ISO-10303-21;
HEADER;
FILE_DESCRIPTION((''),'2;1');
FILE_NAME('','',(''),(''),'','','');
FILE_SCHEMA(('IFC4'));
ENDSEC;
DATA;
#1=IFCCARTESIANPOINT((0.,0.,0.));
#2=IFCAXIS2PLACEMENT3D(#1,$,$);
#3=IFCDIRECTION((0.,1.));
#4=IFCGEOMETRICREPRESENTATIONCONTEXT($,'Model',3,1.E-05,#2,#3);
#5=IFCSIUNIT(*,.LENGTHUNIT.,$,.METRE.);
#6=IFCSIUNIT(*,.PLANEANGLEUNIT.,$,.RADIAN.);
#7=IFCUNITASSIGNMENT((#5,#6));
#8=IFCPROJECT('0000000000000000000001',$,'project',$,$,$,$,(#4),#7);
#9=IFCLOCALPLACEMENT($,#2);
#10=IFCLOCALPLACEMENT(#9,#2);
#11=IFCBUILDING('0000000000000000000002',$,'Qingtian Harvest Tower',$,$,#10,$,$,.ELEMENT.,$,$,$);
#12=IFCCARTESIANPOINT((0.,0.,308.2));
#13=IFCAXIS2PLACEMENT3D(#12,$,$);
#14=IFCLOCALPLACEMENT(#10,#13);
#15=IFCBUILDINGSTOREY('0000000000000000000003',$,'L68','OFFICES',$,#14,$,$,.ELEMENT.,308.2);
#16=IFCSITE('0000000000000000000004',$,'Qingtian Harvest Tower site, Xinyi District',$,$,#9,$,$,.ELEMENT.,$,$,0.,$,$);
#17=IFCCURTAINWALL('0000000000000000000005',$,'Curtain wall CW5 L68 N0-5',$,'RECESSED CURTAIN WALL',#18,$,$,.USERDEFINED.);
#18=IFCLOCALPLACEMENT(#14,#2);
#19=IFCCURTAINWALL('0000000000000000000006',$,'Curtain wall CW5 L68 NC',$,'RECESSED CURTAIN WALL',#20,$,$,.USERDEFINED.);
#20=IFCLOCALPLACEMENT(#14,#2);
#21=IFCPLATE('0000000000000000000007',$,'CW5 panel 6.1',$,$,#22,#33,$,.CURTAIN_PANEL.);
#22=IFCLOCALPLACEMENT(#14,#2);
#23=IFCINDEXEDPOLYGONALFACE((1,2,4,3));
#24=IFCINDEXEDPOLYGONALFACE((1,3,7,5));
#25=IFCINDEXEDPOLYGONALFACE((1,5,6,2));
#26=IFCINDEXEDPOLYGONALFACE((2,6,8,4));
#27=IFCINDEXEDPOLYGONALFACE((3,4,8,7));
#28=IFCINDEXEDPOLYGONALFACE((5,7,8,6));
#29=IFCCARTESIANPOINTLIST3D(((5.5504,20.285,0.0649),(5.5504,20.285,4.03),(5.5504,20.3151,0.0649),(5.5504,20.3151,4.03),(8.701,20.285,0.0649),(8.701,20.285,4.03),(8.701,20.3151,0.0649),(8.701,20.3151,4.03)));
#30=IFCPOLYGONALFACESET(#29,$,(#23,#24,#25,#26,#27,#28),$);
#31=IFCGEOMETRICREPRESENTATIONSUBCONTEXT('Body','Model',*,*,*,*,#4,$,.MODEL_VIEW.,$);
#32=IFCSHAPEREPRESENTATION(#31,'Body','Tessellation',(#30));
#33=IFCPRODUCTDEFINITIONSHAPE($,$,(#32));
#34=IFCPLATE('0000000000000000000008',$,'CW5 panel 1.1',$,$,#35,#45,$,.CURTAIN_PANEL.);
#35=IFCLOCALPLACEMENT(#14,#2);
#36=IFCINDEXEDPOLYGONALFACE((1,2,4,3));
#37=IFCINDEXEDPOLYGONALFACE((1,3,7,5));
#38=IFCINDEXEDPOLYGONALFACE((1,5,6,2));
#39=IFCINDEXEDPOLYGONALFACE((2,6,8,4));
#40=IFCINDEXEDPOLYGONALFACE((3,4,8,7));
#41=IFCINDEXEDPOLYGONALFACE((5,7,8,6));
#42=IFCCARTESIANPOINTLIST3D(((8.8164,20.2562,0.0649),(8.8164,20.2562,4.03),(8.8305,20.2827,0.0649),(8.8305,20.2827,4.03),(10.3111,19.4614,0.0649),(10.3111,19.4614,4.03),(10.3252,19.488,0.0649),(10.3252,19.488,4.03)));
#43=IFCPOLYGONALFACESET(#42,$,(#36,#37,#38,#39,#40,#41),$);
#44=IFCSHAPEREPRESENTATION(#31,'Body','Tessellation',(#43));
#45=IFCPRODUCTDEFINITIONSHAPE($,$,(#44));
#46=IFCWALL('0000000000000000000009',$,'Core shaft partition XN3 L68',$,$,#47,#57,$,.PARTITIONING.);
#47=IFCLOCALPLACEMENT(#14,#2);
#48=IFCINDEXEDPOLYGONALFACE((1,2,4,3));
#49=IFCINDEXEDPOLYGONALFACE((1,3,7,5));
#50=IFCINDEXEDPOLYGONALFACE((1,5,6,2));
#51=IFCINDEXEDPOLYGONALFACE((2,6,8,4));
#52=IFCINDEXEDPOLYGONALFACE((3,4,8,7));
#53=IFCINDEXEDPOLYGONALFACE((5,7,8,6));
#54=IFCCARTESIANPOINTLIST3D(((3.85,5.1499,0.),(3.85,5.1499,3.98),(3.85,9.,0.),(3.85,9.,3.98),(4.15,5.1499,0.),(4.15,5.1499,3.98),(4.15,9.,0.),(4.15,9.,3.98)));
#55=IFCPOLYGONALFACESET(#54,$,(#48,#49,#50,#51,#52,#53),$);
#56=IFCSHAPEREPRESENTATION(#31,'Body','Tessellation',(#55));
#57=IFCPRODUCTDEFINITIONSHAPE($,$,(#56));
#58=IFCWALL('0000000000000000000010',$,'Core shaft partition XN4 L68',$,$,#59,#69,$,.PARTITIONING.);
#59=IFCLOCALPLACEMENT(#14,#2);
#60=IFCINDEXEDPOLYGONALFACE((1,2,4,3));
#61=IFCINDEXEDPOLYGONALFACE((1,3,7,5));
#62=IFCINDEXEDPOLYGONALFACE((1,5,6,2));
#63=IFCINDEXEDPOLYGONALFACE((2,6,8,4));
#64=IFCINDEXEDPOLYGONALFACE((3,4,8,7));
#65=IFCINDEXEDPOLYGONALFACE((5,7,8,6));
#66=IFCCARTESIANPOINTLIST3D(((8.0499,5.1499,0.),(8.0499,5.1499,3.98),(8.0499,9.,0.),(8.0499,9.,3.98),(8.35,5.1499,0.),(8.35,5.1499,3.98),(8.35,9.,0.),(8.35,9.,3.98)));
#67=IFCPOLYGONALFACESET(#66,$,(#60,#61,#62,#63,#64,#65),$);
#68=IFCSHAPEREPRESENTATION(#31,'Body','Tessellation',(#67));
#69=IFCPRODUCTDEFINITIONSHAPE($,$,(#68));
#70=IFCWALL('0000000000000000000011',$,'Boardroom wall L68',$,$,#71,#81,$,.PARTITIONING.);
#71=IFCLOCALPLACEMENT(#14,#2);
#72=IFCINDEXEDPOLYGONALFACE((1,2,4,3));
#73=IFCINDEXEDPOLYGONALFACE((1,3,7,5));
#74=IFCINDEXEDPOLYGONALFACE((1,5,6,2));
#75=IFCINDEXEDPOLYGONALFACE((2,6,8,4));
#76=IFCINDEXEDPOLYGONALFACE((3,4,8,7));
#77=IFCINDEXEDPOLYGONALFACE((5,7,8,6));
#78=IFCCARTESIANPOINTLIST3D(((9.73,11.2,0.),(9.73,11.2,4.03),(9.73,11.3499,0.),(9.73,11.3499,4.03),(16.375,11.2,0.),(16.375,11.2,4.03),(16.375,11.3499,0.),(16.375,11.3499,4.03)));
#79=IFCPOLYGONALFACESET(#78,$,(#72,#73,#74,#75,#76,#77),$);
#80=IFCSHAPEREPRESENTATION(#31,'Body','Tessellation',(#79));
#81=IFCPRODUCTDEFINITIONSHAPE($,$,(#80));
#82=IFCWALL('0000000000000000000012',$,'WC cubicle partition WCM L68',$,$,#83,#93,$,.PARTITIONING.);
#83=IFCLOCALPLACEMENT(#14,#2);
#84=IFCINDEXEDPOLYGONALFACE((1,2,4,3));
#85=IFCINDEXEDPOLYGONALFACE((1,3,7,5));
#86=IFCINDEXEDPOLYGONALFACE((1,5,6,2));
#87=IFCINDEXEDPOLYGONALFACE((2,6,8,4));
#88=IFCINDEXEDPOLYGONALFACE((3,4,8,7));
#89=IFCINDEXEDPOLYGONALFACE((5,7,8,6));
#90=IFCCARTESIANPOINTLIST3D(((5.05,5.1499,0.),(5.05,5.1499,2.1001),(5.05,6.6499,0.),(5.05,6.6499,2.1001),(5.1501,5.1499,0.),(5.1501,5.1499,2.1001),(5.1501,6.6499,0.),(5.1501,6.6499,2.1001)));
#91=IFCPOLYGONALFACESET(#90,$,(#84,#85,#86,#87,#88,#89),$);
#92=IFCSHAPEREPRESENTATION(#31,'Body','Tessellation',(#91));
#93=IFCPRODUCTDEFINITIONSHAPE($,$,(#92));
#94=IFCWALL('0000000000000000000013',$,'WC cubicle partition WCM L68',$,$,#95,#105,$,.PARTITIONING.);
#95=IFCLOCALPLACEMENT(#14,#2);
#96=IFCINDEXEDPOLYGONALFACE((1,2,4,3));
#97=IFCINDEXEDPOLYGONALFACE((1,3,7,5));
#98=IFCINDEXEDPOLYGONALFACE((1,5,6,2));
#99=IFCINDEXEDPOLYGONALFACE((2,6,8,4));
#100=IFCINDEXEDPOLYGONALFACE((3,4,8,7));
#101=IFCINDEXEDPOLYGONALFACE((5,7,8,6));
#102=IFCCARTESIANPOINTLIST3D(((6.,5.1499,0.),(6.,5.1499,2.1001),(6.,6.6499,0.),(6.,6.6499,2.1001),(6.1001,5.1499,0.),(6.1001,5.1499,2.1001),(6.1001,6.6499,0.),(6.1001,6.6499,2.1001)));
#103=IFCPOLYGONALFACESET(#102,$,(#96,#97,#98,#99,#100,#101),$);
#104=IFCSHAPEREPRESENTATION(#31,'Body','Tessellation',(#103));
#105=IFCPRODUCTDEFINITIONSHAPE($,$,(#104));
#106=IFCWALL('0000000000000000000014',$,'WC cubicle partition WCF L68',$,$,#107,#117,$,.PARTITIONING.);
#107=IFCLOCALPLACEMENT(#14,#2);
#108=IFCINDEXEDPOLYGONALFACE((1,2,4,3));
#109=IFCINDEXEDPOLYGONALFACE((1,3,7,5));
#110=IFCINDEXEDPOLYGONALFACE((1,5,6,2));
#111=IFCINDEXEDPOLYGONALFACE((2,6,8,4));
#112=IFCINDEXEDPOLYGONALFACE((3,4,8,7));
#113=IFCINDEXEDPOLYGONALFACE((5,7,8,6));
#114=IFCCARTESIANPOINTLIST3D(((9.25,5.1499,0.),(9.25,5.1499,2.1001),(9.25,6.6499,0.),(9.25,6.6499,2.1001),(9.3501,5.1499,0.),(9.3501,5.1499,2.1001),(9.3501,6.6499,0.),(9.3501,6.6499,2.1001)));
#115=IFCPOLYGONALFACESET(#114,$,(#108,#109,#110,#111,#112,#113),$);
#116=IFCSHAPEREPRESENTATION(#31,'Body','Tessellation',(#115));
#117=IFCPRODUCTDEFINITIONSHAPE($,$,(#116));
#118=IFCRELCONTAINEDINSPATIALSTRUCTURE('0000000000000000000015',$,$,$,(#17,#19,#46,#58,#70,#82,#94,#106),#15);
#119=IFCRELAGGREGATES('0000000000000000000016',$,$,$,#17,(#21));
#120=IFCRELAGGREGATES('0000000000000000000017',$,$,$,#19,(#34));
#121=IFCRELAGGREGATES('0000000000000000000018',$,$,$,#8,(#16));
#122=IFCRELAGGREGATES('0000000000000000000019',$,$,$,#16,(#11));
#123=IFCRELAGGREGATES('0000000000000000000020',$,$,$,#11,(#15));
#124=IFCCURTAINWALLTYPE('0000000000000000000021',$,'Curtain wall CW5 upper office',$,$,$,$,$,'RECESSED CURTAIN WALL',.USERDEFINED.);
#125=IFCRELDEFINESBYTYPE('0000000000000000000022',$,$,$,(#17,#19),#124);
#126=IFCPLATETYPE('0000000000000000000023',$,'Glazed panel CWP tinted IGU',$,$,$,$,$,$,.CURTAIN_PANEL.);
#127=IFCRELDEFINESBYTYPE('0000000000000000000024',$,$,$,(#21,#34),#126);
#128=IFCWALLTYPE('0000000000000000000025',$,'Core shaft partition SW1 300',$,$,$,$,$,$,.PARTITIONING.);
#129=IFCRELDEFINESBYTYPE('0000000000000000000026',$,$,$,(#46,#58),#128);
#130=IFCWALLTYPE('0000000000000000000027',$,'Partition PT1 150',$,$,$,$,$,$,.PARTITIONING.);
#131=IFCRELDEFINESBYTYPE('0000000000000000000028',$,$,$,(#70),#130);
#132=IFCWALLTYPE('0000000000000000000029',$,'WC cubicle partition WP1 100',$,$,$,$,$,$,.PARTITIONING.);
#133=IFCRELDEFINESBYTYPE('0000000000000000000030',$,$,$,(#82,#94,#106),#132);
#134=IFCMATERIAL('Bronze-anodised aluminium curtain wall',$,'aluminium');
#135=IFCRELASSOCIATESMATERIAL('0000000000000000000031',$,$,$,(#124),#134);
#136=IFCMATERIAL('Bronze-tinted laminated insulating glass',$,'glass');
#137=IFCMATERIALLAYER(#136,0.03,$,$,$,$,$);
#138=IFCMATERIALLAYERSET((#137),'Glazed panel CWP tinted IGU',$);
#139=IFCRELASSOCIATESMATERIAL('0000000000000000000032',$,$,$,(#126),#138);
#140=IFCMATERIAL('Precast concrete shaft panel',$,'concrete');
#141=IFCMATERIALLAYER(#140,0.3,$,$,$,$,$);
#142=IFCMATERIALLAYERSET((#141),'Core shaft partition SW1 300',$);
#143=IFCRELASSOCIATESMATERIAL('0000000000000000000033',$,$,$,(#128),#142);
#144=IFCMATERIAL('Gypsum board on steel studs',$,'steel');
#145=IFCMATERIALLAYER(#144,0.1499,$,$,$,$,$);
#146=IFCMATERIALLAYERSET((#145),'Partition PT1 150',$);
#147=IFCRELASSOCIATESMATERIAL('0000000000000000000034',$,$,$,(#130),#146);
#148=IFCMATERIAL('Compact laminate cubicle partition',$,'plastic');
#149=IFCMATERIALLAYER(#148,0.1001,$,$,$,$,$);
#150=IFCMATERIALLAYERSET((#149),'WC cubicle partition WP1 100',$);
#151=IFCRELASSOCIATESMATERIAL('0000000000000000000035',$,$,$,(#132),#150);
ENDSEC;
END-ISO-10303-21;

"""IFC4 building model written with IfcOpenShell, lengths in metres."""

from ifc_helpers import new_model, si_unit, direction, frame, frame_2d, origin, origin_2d, place, context, subcontext, project, spatial, rectangle, extrude, material, layer, layer_set, type_object, element, aggregate, save


model = new_model("IFC4")

# Units and contexts
model_context = context("Model", 3, precision=1e-05, world=origin(), true_north=direction((0.0, 1.0)))
body_context = subcontext(model_context, "Body", "Model", "MODEL_VIEW")
ifc_project = project(units=[si_unit("LENGTHUNIT", "METRE"), si_unit("PLANEANGLEUNIT", "RADIAN")], contexts=[model_context])

# Site, building, storey
site_placement = place(None, origin())
site = spatial("IfcSite", under=ifc_project, at=site_placement, Name="Qingtian Harvest Tower site, Xinyi District", CompositionType="ELEMENT", RefElevation=0.0)
building_placement = place(site_placement, origin())
building = spatial("IfcBuilding", under=site, at=building_placement, Name="Qingtian Harvest Tower", CompositionType="ELEMENT")
storey_placement = place(building_placement, frame((0.0, 0.0, 308.2)))
storey = spatial("IfcBuildingStorey", under=building, at=storey_placement, Name="L68", Description="OFFICES", CompositionType="ELEMENT", Elevation=308.2)

# Curtain wall
ifc_material_1 = material(Name="Bronze-anodised aluminium curtain wall", Category="aluminium")
curtain_wall_type = type_object("IfcCurtainWallType", Name="Curtain wall CW5 upper office", ElementType="RECESSED CURTAIN WALL", PredefinedType="USERDEFINED", material=ifc_material_1)
curtain_wall_1_placement = place(storey_placement, origin())
curtain_wall_1 = element("IfcCurtainWall", 1, at=curtain_wall_1_placement, inside=storey, type_object=curtain_wall_type, Name="Curtain wall CW5 L68 N0-5", ObjectType="RECESSED CURTAIN WALL", PredefinedType="USERDEFINED")

# Curtain wall
curtain_wall_2_placement = place(storey_placement, origin())
curtain_wall_2 = element("IfcCurtainWall", 2, at=curtain_wall_2_placement, inside=storey, type_object=curtain_wall_type, Name="Curtain wall CW5 L68 NC", ObjectType="RECESSED CURTAIN WALL", PredefinedType="USERDEFINED")

# Plates
ifc_material_2 = material(Name="Bronze-tinted laminated insulating glass", Category="glass")
ifc_layer_1 = layer(ifc_material_2, 0.03)
ifc_layer_set_1 = layer_set([ifc_layer_1], Name="Glazed panel CWP tinted IGU")
plate_type = type_object("IfcPlateType", Name="Glazed panel CWP tinted IGU", PredefinedType="CURTAIN_PANEL", material=ifc_layer_set_1)
plate_1_placement = place(storey_placement, frame((7.1257, 20.3, 0.0649), z_axis=(0.0, 0.0, 1.0), x_axis=(1.0, 0.0, 0.0)))
plate_1 = element("IfcPlate", 3, at=plate_1_placement, type_object=plate_type, Name="CW5 panel 6.1", PredefinedType="CURTAIN_PANEL", context=body_context, shape_type="SweptSolid", body=[
    extrude(rectangle(XDim=3.1506, YDim=0.03, at=origin_2d()), origin(), (0.0, 0.0, 1.0), 3.9651),
])
aggregate(curtain_wall_1, [plate_1])
plate_2_placement = place(storey_placement, frame((9.5708, 19.8721, 0.0649), z_axis=(0.0, 0.0, 1.0), x_axis=(0.882948, -0.469472, 0.0)))
plate_2 = element("IfcPlate", 4, at=plate_2_placement, type_object=plate_type, Name="CW5 panel 1.1", PredefinedType="CURTAIN_PANEL", context=body_context, shape_type="SweptSolid", body=[
    extrude(rectangle(XDim=1.6929, YDim=0.03, at=origin_2d()), origin(), (0.0, 0.0, 1.0), 3.9651),
])
aggregate(curtain_wall_2, [plate_2])

# Shared definitions
ifc_material_3 = material(Name="Precast concrete shaft panel", Category="concrete")
ifc_layer_2 = layer(ifc_material_3, 0.3)
ifc_layer_set_2 = layer_set([ifc_layer_2], Name="Core shaft partition SW1 300")
wall_type_1 = type_object("IfcWallType", Name="Core shaft partition SW1 300", PredefinedType="PARTITIONING", material=ifc_layer_set_2)

# Walls
for number, where, z_axis, x_axis, name in (
    (5, (4.0, 5.1499, 0.0), (0.0, 0.0, 1.0), (0.0, 1.0, 0.0), "Core shaft partition XN3 L68"),
    (6, (8.2, 5.1499, 0.0), (0.0, 0.0, 1.0), (0.0, 1.0, 0.0), "Core shaft partition XN4 L68"),
):
    element("IfcWall", number, at=place(storey_placement, frame(where, z_axis=z_axis, x_axis=x_axis)), inside=storey, type_object=wall_type_1, Name=name, PredefinedType="PARTITIONING", context=body_context, shape_type="SweptSolid", body=[
        extrude(rectangle(XDim=3.8501, YDim=0.3, at=frame_2d((1.925, 0.0))), origin(), (0.0, 0.0, 1.0), 3.98),
    ])
ifc_material_4 = material(Name="Gypsum board on steel studs", Category="steel")
ifc_layer_3 = layer(ifc_material_4, 0.1499)
ifc_layer_set_3 = layer_set([ifc_layer_3], Name="Partition PT1 150")
wall_type_2 = type_object("IfcWallType", Name="Partition PT1 150", PredefinedType="PARTITIONING", material=ifc_layer_set_3)
wall_1_placement = place(storey_placement, frame((9.73, 11.2749, 0.0), z_axis=(0.0, 0.0, 1.0), x_axis=(1.0, 0.0, 0.0)))
element("IfcWall", 7, at=wall_1_placement, inside=storey, type_object=wall_type_2, Name="Boardroom wall L68", PredefinedType="PARTITIONING", context=body_context, shape_type="SweptSolid", body=[
    extrude(rectangle(XDim=6.645, YDim=0.1499, at=frame_2d((3.3225, 0.0))), origin(), (0.0, 0.0, 1.0), 4.03),
])
ifc_material_5 = material(Name="Compact laminate cubicle partition", Category="plastic")
ifc_layer_4 = layer(ifc_material_5, 0.1001)
ifc_layer_set_4 = layer_set([ifc_layer_4], Name="WC cubicle partition WP1 100")
wall_type_3 = type_object("IfcWallType", Name="WC cubicle partition WP1 100", PredefinedType="PARTITIONING", material=ifc_layer_set_4)
for number, where, z_axis, x_axis, name in (
    (8, (5.1001, 5.1499, 0.0), (0.0, 0.0, 1.0), (0.0, 1.0, 0.0), "WC cubicle partition WCM L68"),
    (9, (6.05, 5.1499, 0.0), (0.0, 0.0, 1.0), (0.0, 1.0, 0.0), "WC cubicle partition WCM L68"),
    (10, (9.3, 5.1499, 0.0), (0.0, 0.0, 1.0), (0.0, 1.0, 0.0), "WC cubicle partition WCF L68"),
):
    element("IfcWall", number, at=place(storey_placement, frame(where, z_axis=z_axis, x_axis=x_axis)), inside=storey, type_object=wall_type_3, Name=name, PredefinedType="PARTITIONING", context=body_context, shape_type="SweptSolid", body=[
        extrude(rectangle(XDim=1.5, YDim=0.1001, at=frame_2d((0.75, 0.0))), origin(), (0.0, 0.0, 1.0), 2.1001),
    ])

save(model, "model.ifc")
